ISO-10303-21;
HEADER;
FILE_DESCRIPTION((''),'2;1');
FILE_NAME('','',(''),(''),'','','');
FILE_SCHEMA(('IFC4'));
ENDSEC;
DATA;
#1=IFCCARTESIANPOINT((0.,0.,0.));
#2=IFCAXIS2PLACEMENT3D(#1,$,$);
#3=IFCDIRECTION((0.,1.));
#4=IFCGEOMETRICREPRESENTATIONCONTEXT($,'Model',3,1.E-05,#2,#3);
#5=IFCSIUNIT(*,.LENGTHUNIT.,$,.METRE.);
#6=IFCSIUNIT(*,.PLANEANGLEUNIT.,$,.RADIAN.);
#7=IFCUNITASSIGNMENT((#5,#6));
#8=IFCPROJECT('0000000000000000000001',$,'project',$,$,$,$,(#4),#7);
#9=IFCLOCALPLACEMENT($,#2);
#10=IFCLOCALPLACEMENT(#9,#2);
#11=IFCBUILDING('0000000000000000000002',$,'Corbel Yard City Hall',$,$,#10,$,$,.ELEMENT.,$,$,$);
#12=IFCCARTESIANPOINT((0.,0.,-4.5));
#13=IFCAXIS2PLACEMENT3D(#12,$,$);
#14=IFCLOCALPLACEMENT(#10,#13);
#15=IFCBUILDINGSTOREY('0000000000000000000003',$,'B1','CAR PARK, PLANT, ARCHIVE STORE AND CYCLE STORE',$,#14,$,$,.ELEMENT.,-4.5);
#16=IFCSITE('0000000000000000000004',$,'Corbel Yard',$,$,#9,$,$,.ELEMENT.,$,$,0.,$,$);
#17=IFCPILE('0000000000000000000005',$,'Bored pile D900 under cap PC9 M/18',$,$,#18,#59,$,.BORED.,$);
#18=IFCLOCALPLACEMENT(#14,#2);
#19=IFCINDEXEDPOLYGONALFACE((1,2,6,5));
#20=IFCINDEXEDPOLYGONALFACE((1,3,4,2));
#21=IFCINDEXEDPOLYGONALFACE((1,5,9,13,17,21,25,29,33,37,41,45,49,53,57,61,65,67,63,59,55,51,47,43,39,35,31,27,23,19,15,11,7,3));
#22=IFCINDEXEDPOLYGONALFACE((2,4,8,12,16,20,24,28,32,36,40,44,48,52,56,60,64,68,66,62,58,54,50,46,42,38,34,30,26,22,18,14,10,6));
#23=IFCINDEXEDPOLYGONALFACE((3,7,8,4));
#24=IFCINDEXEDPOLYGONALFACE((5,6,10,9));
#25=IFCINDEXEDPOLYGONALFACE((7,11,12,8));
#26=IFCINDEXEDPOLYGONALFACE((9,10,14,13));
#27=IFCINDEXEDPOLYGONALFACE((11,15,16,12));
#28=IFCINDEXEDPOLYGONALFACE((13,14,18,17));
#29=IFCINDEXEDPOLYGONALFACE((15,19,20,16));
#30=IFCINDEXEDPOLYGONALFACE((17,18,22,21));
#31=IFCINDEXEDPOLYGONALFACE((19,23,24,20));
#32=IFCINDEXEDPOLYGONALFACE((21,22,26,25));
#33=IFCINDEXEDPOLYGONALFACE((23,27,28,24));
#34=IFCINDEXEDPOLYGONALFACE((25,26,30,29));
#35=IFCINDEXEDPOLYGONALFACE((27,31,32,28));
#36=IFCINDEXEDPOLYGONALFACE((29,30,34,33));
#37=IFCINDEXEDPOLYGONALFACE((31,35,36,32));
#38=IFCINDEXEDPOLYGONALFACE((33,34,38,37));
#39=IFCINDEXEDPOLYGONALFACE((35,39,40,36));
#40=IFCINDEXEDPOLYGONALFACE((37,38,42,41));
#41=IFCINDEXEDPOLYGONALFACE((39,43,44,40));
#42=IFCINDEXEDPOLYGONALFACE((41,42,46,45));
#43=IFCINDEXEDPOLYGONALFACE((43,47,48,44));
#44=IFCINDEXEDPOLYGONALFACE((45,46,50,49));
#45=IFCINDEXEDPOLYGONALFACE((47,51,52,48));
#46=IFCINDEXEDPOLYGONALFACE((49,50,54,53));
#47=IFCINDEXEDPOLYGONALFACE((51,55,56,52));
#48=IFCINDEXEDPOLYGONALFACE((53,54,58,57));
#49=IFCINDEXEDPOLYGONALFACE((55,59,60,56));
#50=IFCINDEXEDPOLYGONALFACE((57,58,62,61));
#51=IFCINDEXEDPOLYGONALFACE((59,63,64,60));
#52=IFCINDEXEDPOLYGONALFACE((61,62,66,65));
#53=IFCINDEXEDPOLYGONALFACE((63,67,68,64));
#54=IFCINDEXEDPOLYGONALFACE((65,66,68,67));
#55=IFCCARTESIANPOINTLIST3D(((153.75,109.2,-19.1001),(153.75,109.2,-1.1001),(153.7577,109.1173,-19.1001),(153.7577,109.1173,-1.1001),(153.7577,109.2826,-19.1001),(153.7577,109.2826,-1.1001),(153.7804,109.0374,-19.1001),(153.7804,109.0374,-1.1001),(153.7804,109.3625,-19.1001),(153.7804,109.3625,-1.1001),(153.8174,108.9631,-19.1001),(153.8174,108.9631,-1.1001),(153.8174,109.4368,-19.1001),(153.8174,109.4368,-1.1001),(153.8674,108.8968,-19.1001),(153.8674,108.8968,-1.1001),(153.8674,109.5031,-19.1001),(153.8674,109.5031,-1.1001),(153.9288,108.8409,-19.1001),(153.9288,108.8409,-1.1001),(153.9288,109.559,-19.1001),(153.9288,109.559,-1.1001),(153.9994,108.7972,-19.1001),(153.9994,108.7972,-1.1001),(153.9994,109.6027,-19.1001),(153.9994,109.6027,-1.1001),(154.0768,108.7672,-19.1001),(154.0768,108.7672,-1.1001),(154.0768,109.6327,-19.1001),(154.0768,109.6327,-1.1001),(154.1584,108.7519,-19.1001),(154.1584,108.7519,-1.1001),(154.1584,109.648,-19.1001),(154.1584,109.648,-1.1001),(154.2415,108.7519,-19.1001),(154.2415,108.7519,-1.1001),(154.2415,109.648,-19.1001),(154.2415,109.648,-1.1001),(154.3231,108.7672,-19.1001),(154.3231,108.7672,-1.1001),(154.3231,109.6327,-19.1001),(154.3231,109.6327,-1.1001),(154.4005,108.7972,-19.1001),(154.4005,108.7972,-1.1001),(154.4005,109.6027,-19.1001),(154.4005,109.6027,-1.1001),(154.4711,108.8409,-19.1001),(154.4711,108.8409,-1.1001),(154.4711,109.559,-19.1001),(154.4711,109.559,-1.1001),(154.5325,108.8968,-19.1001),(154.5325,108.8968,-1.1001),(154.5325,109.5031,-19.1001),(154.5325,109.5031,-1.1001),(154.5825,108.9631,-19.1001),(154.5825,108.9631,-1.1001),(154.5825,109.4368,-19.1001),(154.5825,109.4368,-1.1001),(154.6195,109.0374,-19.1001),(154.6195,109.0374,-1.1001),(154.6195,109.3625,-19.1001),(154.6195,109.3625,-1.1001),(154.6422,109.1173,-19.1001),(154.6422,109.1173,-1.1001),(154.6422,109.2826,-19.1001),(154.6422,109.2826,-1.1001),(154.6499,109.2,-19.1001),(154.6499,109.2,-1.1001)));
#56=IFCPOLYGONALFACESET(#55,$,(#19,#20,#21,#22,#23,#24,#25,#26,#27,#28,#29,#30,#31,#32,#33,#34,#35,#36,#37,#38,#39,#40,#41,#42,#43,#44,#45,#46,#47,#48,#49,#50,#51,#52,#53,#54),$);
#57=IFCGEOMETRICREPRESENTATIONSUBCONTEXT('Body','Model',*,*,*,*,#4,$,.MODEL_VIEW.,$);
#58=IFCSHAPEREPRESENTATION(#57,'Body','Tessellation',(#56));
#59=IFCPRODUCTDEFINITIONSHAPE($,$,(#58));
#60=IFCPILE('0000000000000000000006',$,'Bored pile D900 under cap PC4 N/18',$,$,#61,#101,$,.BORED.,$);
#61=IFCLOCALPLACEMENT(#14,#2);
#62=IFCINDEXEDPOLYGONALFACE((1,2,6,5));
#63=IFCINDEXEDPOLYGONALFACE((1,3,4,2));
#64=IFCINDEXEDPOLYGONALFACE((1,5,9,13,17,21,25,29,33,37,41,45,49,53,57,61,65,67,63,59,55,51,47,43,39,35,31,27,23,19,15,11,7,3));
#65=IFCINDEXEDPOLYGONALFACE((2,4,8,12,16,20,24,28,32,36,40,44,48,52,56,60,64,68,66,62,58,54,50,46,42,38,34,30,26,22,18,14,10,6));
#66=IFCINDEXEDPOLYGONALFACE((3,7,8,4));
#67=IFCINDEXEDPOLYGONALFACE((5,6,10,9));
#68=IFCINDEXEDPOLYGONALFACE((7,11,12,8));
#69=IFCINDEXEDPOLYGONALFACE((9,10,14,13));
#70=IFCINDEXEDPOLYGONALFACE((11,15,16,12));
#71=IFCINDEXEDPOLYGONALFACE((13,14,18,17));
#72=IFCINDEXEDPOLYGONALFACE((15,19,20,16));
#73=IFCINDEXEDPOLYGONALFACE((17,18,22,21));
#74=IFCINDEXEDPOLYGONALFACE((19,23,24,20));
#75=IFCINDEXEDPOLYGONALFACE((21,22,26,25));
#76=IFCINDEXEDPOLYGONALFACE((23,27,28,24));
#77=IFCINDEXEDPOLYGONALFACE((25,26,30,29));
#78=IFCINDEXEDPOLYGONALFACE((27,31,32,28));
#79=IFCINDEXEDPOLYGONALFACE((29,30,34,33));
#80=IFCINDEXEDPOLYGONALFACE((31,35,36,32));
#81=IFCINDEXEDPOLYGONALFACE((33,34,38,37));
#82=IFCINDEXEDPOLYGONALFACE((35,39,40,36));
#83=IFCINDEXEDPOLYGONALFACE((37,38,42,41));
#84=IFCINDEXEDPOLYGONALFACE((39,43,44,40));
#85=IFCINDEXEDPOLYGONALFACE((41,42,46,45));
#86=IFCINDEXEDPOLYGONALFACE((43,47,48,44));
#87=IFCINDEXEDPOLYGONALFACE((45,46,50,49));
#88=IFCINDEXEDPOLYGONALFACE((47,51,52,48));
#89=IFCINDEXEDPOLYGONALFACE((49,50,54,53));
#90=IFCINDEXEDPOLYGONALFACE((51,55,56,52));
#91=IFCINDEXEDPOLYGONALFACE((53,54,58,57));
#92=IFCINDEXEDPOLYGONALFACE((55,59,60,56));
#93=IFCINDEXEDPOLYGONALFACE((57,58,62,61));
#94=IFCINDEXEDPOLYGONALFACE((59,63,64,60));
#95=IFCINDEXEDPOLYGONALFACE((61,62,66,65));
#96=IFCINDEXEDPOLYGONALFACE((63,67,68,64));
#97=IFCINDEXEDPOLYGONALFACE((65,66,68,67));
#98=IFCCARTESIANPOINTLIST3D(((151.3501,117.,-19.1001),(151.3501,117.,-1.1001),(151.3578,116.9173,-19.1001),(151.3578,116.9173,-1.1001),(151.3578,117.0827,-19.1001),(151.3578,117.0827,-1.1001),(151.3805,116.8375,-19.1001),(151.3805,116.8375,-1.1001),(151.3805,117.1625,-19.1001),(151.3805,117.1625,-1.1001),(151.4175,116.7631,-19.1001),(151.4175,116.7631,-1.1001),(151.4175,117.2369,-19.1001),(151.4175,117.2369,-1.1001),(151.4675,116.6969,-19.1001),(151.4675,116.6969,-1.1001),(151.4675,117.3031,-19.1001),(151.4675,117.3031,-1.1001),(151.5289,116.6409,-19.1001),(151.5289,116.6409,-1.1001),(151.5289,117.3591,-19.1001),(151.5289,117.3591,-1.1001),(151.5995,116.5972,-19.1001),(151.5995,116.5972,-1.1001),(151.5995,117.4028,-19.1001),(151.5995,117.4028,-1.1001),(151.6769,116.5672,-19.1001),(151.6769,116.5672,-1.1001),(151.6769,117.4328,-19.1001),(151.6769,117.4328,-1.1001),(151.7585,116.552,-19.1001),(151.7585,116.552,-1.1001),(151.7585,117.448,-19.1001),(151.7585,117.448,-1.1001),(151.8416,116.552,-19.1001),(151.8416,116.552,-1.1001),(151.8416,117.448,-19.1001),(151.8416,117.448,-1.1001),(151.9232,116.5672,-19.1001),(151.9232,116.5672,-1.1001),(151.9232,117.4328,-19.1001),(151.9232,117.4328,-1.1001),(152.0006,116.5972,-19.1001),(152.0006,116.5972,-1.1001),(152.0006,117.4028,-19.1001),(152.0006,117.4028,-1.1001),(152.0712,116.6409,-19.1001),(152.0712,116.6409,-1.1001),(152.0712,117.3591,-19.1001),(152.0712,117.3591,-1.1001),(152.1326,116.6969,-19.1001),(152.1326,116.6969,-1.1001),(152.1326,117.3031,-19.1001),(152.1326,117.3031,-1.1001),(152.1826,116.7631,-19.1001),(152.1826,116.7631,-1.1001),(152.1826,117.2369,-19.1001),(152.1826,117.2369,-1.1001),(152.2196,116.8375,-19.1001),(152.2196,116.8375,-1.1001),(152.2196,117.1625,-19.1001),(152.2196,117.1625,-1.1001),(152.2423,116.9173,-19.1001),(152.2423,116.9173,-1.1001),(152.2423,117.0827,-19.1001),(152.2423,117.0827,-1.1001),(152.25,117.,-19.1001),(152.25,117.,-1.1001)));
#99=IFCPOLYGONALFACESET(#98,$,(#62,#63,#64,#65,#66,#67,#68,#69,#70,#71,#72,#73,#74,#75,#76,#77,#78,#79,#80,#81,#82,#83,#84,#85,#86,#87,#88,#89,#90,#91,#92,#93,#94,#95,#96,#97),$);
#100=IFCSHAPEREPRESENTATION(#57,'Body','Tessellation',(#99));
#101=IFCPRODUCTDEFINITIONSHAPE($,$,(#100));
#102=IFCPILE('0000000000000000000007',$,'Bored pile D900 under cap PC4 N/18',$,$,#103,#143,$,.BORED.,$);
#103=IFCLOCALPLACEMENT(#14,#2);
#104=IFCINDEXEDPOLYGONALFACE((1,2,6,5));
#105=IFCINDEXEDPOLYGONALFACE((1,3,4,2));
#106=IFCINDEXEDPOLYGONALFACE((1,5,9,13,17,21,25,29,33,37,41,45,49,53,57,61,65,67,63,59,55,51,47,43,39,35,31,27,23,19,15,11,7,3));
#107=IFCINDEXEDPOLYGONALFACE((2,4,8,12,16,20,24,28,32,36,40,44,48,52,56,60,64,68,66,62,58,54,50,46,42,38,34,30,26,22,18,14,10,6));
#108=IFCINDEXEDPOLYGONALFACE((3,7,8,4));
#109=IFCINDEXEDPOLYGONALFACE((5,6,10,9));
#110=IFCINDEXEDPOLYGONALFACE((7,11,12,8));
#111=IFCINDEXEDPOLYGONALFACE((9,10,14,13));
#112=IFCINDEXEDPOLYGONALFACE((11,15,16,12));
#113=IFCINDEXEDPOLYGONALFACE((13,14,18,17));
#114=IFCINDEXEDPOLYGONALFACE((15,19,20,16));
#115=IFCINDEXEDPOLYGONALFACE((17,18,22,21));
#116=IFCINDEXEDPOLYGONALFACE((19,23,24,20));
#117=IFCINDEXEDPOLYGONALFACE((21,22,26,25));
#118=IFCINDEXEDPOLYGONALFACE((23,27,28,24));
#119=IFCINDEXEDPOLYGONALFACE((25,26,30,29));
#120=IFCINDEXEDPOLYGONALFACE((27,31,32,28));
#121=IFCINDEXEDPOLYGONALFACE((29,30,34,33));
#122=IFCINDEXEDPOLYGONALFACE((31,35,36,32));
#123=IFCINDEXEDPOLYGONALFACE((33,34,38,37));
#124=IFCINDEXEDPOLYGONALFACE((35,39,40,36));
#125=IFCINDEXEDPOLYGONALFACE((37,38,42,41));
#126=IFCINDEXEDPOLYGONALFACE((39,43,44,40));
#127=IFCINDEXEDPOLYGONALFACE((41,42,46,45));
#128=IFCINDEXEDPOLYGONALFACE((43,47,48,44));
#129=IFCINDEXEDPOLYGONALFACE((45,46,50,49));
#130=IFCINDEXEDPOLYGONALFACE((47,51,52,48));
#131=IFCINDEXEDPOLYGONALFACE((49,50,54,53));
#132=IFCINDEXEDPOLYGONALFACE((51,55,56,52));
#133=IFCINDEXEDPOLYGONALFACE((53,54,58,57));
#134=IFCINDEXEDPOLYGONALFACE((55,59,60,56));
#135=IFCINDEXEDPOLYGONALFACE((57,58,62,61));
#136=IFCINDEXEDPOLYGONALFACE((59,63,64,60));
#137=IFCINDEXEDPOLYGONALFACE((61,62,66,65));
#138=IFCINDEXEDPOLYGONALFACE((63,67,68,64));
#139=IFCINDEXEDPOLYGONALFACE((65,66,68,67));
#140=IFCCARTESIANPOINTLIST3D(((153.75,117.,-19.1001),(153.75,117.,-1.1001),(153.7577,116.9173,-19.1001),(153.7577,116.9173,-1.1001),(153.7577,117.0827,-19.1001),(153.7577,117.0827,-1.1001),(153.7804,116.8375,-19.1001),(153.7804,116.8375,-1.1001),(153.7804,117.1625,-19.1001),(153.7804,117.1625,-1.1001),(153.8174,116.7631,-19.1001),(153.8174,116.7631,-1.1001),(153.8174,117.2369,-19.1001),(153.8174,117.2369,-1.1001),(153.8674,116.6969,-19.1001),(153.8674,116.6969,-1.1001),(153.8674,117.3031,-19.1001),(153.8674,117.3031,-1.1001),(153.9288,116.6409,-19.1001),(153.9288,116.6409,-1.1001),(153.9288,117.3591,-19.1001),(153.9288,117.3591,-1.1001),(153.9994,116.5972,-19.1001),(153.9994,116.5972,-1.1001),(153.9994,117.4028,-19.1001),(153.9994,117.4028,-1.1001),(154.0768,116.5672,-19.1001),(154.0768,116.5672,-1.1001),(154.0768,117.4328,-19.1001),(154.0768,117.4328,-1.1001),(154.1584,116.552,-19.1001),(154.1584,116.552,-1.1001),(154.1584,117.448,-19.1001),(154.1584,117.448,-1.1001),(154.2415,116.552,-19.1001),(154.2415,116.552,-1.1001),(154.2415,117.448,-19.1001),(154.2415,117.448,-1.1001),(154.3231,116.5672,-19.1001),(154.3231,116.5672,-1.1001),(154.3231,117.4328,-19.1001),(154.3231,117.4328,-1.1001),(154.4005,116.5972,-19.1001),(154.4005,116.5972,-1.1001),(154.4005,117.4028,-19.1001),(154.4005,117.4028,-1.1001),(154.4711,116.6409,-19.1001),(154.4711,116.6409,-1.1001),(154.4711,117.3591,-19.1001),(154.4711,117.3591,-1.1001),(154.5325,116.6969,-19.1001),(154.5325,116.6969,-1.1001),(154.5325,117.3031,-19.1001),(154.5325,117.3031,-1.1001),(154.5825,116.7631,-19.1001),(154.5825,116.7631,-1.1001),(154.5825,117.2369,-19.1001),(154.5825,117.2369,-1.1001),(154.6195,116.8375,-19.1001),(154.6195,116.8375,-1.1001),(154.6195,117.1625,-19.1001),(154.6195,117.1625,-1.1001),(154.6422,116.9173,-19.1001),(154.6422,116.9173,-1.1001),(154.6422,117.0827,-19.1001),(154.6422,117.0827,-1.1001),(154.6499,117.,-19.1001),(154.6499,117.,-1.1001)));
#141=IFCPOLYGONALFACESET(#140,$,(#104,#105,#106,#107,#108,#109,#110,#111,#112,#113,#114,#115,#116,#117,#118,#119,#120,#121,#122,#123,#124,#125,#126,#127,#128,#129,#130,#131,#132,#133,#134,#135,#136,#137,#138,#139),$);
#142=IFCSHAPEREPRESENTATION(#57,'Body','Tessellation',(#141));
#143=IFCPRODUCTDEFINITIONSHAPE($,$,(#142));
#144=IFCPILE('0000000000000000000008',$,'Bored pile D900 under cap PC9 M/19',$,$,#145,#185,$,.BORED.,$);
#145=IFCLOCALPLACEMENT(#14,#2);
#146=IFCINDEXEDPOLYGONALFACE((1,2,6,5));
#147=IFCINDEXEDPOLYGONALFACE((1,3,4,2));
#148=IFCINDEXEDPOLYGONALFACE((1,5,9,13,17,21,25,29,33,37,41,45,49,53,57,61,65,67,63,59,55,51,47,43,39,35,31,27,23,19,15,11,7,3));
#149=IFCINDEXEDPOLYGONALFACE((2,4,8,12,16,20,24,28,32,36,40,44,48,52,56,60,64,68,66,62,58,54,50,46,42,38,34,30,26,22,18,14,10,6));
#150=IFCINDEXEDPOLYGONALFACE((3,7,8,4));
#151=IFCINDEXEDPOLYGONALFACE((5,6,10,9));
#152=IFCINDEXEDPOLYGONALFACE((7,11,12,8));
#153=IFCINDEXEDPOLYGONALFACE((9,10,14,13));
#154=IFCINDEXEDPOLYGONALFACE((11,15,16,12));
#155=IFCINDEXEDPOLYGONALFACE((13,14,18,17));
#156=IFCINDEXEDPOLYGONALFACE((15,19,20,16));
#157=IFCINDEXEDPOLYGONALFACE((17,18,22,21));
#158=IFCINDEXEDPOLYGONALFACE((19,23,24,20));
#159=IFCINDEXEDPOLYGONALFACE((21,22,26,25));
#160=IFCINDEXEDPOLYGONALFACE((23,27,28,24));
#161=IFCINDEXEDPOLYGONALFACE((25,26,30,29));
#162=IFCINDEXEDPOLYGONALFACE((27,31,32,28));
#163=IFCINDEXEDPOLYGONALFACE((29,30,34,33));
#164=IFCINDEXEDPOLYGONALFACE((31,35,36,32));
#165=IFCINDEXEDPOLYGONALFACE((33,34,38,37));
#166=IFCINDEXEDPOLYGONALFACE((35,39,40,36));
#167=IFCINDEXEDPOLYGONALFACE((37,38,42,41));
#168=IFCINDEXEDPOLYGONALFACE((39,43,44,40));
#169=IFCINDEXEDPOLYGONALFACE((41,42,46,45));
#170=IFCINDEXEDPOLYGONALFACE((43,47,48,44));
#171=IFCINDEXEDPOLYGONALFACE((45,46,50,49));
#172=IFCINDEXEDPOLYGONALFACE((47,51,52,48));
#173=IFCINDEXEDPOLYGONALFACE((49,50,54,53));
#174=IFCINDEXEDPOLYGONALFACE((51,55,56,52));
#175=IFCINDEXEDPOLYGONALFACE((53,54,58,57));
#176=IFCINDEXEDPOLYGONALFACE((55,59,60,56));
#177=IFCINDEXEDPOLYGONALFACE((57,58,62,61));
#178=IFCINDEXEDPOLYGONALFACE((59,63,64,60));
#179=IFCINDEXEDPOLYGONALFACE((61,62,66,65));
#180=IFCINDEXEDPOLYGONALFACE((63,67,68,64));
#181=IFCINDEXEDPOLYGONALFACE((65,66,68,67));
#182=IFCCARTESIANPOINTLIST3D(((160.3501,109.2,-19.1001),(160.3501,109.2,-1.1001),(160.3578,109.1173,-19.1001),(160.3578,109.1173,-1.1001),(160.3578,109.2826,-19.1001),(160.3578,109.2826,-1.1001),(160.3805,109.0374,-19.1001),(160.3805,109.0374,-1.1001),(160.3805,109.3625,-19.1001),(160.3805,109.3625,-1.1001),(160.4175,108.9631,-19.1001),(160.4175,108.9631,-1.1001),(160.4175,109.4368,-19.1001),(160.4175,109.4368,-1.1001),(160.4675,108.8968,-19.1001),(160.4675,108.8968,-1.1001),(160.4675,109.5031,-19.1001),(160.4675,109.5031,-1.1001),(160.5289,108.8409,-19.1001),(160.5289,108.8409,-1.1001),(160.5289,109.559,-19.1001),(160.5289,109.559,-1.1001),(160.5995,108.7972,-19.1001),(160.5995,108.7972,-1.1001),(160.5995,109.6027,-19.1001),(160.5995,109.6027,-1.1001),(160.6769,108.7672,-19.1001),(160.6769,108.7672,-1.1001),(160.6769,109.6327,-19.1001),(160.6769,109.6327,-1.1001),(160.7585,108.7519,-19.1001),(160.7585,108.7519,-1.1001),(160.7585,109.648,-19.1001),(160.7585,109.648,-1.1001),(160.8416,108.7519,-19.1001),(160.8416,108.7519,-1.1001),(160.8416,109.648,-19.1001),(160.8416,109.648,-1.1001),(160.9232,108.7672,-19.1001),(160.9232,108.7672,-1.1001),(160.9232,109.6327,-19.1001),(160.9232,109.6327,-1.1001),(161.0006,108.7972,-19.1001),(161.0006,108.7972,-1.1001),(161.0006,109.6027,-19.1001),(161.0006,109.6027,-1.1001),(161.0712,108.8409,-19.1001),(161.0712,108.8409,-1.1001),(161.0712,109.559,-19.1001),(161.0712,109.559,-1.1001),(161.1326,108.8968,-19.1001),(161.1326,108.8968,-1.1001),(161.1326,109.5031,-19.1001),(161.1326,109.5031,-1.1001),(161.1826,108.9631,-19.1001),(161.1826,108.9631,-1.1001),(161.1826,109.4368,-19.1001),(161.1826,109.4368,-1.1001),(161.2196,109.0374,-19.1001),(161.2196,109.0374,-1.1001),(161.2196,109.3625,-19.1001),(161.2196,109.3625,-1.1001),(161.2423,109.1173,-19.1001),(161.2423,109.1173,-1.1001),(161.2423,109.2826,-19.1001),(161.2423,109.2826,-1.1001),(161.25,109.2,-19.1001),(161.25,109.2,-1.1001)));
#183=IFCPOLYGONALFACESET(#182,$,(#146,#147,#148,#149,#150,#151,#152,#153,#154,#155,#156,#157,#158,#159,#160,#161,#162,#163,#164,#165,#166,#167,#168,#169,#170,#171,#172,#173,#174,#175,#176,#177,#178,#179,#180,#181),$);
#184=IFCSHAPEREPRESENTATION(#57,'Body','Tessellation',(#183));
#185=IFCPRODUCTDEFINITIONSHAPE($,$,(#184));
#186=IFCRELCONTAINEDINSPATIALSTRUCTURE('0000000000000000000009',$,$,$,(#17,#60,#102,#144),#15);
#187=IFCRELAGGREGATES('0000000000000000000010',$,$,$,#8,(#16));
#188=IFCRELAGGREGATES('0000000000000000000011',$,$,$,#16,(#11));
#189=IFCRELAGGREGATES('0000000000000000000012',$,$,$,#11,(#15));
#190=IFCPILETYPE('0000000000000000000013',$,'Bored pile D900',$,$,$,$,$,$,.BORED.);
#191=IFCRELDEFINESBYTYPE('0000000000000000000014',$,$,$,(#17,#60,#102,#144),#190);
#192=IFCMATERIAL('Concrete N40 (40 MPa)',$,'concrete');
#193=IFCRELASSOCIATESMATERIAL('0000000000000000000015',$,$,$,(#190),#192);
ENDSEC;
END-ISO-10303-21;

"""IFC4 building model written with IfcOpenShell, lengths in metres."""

from ifc_helpers import new_model, si_unit, direction, frame, origin, origin_2d, place, context, subcontext, project, spatial, circle, extrude, material, material_profile, profile_set, type_object, element, save


model = new_model("IFC4")

# Units and contexts
model_context = context("Model", 3, precision=1e-05, world=origin(), true_north=direction((0.0, 1.0)))
body_context = subcontext(model_context, "Body", "Model", "MODEL_VIEW")
ifc_project = project(units=[si_unit("LENGTHUNIT", "METRE"), si_unit("PLANEANGLEUNIT", "RADIAN")], contexts=[model_context])

# Site, building, storey
site_placement = place(None, origin())
site = spatial("IfcSite", under=ifc_project, at=site_placement, Name="Corbel Yard", CompositionType="ELEMENT", RefElevation=0.0)
building_placement = place(site_placement, origin())
building = spatial("IfcBuilding", under=site, at=building_placement, Name="Corbel Yard City Hall", CompositionType="ELEMENT")
storey_placement = place(building_placement, frame((0.0, 0.0, -4.5)))
storey = spatial("IfcBuildingStorey", under=building, at=storey_placement, Name="B1", Description="CAR PARK, PLANT, ARCHIVE STORE AND CYCLE STORE", CompositionType="ELEMENT", Elevation=-4.5)

# Piles
ifc_material_1 = material(Name="Concrete N40 (40 MPa)", Category="concrete")
ifc_material_profile_1 = material_profile(ifc_material_1, circle(Radius=0.45, at=origin_2d()), Name="D900")
ifc_profile_set_1 = profile_set([ifc_material_profile_1], Name="Concrete N40 (40 MPa)")
pile_type = type_object("IfcPileType", Name="Bored pile D900", PredefinedType="BORED", material=ifc_profile_set_1)
for number, where, z_axis, x_axis, name in (
    (1, (154.2, 109.2, -1.1001), (0.0, 0.0, -1.0), (1.0, 0.0, 0.0), "Bored pile D900 under cap PC9 M/18"),
    (2, (151.8, 117.0, -1.1001), (0.0, 0.0, -1.0), (1.0, 0.0, 0.0), "Bored pile D900 under cap PC4 N/18"),
    (3, (154.2, 117.0, -1.1001), (0.0, 0.0, -1.0), (1.0, 0.0, 0.0), "Bored pile D900 under cap PC4 N/18"),
    (4, (160.8, 109.2, -1.1001), (0.0, 0.0, -1.0), (1.0, 0.0, 0.0), "Bored pile D900 under cap PC9 M/19"),
):
    element("IfcPile", number, at=place(storey_placement, frame(where, z_axis=z_axis, x_axis=x_axis)), inside=storey, type_object=pile_type, Name=name, PredefinedType="BORED", context=body_context, shape_type="SweptSolid", body=[
        extrude(circle(Radius=0.45, at=origin_2d()), origin(), (0.0, 0.0, 1.0), 18.0),
    ])

save(model, "model.ifc")
